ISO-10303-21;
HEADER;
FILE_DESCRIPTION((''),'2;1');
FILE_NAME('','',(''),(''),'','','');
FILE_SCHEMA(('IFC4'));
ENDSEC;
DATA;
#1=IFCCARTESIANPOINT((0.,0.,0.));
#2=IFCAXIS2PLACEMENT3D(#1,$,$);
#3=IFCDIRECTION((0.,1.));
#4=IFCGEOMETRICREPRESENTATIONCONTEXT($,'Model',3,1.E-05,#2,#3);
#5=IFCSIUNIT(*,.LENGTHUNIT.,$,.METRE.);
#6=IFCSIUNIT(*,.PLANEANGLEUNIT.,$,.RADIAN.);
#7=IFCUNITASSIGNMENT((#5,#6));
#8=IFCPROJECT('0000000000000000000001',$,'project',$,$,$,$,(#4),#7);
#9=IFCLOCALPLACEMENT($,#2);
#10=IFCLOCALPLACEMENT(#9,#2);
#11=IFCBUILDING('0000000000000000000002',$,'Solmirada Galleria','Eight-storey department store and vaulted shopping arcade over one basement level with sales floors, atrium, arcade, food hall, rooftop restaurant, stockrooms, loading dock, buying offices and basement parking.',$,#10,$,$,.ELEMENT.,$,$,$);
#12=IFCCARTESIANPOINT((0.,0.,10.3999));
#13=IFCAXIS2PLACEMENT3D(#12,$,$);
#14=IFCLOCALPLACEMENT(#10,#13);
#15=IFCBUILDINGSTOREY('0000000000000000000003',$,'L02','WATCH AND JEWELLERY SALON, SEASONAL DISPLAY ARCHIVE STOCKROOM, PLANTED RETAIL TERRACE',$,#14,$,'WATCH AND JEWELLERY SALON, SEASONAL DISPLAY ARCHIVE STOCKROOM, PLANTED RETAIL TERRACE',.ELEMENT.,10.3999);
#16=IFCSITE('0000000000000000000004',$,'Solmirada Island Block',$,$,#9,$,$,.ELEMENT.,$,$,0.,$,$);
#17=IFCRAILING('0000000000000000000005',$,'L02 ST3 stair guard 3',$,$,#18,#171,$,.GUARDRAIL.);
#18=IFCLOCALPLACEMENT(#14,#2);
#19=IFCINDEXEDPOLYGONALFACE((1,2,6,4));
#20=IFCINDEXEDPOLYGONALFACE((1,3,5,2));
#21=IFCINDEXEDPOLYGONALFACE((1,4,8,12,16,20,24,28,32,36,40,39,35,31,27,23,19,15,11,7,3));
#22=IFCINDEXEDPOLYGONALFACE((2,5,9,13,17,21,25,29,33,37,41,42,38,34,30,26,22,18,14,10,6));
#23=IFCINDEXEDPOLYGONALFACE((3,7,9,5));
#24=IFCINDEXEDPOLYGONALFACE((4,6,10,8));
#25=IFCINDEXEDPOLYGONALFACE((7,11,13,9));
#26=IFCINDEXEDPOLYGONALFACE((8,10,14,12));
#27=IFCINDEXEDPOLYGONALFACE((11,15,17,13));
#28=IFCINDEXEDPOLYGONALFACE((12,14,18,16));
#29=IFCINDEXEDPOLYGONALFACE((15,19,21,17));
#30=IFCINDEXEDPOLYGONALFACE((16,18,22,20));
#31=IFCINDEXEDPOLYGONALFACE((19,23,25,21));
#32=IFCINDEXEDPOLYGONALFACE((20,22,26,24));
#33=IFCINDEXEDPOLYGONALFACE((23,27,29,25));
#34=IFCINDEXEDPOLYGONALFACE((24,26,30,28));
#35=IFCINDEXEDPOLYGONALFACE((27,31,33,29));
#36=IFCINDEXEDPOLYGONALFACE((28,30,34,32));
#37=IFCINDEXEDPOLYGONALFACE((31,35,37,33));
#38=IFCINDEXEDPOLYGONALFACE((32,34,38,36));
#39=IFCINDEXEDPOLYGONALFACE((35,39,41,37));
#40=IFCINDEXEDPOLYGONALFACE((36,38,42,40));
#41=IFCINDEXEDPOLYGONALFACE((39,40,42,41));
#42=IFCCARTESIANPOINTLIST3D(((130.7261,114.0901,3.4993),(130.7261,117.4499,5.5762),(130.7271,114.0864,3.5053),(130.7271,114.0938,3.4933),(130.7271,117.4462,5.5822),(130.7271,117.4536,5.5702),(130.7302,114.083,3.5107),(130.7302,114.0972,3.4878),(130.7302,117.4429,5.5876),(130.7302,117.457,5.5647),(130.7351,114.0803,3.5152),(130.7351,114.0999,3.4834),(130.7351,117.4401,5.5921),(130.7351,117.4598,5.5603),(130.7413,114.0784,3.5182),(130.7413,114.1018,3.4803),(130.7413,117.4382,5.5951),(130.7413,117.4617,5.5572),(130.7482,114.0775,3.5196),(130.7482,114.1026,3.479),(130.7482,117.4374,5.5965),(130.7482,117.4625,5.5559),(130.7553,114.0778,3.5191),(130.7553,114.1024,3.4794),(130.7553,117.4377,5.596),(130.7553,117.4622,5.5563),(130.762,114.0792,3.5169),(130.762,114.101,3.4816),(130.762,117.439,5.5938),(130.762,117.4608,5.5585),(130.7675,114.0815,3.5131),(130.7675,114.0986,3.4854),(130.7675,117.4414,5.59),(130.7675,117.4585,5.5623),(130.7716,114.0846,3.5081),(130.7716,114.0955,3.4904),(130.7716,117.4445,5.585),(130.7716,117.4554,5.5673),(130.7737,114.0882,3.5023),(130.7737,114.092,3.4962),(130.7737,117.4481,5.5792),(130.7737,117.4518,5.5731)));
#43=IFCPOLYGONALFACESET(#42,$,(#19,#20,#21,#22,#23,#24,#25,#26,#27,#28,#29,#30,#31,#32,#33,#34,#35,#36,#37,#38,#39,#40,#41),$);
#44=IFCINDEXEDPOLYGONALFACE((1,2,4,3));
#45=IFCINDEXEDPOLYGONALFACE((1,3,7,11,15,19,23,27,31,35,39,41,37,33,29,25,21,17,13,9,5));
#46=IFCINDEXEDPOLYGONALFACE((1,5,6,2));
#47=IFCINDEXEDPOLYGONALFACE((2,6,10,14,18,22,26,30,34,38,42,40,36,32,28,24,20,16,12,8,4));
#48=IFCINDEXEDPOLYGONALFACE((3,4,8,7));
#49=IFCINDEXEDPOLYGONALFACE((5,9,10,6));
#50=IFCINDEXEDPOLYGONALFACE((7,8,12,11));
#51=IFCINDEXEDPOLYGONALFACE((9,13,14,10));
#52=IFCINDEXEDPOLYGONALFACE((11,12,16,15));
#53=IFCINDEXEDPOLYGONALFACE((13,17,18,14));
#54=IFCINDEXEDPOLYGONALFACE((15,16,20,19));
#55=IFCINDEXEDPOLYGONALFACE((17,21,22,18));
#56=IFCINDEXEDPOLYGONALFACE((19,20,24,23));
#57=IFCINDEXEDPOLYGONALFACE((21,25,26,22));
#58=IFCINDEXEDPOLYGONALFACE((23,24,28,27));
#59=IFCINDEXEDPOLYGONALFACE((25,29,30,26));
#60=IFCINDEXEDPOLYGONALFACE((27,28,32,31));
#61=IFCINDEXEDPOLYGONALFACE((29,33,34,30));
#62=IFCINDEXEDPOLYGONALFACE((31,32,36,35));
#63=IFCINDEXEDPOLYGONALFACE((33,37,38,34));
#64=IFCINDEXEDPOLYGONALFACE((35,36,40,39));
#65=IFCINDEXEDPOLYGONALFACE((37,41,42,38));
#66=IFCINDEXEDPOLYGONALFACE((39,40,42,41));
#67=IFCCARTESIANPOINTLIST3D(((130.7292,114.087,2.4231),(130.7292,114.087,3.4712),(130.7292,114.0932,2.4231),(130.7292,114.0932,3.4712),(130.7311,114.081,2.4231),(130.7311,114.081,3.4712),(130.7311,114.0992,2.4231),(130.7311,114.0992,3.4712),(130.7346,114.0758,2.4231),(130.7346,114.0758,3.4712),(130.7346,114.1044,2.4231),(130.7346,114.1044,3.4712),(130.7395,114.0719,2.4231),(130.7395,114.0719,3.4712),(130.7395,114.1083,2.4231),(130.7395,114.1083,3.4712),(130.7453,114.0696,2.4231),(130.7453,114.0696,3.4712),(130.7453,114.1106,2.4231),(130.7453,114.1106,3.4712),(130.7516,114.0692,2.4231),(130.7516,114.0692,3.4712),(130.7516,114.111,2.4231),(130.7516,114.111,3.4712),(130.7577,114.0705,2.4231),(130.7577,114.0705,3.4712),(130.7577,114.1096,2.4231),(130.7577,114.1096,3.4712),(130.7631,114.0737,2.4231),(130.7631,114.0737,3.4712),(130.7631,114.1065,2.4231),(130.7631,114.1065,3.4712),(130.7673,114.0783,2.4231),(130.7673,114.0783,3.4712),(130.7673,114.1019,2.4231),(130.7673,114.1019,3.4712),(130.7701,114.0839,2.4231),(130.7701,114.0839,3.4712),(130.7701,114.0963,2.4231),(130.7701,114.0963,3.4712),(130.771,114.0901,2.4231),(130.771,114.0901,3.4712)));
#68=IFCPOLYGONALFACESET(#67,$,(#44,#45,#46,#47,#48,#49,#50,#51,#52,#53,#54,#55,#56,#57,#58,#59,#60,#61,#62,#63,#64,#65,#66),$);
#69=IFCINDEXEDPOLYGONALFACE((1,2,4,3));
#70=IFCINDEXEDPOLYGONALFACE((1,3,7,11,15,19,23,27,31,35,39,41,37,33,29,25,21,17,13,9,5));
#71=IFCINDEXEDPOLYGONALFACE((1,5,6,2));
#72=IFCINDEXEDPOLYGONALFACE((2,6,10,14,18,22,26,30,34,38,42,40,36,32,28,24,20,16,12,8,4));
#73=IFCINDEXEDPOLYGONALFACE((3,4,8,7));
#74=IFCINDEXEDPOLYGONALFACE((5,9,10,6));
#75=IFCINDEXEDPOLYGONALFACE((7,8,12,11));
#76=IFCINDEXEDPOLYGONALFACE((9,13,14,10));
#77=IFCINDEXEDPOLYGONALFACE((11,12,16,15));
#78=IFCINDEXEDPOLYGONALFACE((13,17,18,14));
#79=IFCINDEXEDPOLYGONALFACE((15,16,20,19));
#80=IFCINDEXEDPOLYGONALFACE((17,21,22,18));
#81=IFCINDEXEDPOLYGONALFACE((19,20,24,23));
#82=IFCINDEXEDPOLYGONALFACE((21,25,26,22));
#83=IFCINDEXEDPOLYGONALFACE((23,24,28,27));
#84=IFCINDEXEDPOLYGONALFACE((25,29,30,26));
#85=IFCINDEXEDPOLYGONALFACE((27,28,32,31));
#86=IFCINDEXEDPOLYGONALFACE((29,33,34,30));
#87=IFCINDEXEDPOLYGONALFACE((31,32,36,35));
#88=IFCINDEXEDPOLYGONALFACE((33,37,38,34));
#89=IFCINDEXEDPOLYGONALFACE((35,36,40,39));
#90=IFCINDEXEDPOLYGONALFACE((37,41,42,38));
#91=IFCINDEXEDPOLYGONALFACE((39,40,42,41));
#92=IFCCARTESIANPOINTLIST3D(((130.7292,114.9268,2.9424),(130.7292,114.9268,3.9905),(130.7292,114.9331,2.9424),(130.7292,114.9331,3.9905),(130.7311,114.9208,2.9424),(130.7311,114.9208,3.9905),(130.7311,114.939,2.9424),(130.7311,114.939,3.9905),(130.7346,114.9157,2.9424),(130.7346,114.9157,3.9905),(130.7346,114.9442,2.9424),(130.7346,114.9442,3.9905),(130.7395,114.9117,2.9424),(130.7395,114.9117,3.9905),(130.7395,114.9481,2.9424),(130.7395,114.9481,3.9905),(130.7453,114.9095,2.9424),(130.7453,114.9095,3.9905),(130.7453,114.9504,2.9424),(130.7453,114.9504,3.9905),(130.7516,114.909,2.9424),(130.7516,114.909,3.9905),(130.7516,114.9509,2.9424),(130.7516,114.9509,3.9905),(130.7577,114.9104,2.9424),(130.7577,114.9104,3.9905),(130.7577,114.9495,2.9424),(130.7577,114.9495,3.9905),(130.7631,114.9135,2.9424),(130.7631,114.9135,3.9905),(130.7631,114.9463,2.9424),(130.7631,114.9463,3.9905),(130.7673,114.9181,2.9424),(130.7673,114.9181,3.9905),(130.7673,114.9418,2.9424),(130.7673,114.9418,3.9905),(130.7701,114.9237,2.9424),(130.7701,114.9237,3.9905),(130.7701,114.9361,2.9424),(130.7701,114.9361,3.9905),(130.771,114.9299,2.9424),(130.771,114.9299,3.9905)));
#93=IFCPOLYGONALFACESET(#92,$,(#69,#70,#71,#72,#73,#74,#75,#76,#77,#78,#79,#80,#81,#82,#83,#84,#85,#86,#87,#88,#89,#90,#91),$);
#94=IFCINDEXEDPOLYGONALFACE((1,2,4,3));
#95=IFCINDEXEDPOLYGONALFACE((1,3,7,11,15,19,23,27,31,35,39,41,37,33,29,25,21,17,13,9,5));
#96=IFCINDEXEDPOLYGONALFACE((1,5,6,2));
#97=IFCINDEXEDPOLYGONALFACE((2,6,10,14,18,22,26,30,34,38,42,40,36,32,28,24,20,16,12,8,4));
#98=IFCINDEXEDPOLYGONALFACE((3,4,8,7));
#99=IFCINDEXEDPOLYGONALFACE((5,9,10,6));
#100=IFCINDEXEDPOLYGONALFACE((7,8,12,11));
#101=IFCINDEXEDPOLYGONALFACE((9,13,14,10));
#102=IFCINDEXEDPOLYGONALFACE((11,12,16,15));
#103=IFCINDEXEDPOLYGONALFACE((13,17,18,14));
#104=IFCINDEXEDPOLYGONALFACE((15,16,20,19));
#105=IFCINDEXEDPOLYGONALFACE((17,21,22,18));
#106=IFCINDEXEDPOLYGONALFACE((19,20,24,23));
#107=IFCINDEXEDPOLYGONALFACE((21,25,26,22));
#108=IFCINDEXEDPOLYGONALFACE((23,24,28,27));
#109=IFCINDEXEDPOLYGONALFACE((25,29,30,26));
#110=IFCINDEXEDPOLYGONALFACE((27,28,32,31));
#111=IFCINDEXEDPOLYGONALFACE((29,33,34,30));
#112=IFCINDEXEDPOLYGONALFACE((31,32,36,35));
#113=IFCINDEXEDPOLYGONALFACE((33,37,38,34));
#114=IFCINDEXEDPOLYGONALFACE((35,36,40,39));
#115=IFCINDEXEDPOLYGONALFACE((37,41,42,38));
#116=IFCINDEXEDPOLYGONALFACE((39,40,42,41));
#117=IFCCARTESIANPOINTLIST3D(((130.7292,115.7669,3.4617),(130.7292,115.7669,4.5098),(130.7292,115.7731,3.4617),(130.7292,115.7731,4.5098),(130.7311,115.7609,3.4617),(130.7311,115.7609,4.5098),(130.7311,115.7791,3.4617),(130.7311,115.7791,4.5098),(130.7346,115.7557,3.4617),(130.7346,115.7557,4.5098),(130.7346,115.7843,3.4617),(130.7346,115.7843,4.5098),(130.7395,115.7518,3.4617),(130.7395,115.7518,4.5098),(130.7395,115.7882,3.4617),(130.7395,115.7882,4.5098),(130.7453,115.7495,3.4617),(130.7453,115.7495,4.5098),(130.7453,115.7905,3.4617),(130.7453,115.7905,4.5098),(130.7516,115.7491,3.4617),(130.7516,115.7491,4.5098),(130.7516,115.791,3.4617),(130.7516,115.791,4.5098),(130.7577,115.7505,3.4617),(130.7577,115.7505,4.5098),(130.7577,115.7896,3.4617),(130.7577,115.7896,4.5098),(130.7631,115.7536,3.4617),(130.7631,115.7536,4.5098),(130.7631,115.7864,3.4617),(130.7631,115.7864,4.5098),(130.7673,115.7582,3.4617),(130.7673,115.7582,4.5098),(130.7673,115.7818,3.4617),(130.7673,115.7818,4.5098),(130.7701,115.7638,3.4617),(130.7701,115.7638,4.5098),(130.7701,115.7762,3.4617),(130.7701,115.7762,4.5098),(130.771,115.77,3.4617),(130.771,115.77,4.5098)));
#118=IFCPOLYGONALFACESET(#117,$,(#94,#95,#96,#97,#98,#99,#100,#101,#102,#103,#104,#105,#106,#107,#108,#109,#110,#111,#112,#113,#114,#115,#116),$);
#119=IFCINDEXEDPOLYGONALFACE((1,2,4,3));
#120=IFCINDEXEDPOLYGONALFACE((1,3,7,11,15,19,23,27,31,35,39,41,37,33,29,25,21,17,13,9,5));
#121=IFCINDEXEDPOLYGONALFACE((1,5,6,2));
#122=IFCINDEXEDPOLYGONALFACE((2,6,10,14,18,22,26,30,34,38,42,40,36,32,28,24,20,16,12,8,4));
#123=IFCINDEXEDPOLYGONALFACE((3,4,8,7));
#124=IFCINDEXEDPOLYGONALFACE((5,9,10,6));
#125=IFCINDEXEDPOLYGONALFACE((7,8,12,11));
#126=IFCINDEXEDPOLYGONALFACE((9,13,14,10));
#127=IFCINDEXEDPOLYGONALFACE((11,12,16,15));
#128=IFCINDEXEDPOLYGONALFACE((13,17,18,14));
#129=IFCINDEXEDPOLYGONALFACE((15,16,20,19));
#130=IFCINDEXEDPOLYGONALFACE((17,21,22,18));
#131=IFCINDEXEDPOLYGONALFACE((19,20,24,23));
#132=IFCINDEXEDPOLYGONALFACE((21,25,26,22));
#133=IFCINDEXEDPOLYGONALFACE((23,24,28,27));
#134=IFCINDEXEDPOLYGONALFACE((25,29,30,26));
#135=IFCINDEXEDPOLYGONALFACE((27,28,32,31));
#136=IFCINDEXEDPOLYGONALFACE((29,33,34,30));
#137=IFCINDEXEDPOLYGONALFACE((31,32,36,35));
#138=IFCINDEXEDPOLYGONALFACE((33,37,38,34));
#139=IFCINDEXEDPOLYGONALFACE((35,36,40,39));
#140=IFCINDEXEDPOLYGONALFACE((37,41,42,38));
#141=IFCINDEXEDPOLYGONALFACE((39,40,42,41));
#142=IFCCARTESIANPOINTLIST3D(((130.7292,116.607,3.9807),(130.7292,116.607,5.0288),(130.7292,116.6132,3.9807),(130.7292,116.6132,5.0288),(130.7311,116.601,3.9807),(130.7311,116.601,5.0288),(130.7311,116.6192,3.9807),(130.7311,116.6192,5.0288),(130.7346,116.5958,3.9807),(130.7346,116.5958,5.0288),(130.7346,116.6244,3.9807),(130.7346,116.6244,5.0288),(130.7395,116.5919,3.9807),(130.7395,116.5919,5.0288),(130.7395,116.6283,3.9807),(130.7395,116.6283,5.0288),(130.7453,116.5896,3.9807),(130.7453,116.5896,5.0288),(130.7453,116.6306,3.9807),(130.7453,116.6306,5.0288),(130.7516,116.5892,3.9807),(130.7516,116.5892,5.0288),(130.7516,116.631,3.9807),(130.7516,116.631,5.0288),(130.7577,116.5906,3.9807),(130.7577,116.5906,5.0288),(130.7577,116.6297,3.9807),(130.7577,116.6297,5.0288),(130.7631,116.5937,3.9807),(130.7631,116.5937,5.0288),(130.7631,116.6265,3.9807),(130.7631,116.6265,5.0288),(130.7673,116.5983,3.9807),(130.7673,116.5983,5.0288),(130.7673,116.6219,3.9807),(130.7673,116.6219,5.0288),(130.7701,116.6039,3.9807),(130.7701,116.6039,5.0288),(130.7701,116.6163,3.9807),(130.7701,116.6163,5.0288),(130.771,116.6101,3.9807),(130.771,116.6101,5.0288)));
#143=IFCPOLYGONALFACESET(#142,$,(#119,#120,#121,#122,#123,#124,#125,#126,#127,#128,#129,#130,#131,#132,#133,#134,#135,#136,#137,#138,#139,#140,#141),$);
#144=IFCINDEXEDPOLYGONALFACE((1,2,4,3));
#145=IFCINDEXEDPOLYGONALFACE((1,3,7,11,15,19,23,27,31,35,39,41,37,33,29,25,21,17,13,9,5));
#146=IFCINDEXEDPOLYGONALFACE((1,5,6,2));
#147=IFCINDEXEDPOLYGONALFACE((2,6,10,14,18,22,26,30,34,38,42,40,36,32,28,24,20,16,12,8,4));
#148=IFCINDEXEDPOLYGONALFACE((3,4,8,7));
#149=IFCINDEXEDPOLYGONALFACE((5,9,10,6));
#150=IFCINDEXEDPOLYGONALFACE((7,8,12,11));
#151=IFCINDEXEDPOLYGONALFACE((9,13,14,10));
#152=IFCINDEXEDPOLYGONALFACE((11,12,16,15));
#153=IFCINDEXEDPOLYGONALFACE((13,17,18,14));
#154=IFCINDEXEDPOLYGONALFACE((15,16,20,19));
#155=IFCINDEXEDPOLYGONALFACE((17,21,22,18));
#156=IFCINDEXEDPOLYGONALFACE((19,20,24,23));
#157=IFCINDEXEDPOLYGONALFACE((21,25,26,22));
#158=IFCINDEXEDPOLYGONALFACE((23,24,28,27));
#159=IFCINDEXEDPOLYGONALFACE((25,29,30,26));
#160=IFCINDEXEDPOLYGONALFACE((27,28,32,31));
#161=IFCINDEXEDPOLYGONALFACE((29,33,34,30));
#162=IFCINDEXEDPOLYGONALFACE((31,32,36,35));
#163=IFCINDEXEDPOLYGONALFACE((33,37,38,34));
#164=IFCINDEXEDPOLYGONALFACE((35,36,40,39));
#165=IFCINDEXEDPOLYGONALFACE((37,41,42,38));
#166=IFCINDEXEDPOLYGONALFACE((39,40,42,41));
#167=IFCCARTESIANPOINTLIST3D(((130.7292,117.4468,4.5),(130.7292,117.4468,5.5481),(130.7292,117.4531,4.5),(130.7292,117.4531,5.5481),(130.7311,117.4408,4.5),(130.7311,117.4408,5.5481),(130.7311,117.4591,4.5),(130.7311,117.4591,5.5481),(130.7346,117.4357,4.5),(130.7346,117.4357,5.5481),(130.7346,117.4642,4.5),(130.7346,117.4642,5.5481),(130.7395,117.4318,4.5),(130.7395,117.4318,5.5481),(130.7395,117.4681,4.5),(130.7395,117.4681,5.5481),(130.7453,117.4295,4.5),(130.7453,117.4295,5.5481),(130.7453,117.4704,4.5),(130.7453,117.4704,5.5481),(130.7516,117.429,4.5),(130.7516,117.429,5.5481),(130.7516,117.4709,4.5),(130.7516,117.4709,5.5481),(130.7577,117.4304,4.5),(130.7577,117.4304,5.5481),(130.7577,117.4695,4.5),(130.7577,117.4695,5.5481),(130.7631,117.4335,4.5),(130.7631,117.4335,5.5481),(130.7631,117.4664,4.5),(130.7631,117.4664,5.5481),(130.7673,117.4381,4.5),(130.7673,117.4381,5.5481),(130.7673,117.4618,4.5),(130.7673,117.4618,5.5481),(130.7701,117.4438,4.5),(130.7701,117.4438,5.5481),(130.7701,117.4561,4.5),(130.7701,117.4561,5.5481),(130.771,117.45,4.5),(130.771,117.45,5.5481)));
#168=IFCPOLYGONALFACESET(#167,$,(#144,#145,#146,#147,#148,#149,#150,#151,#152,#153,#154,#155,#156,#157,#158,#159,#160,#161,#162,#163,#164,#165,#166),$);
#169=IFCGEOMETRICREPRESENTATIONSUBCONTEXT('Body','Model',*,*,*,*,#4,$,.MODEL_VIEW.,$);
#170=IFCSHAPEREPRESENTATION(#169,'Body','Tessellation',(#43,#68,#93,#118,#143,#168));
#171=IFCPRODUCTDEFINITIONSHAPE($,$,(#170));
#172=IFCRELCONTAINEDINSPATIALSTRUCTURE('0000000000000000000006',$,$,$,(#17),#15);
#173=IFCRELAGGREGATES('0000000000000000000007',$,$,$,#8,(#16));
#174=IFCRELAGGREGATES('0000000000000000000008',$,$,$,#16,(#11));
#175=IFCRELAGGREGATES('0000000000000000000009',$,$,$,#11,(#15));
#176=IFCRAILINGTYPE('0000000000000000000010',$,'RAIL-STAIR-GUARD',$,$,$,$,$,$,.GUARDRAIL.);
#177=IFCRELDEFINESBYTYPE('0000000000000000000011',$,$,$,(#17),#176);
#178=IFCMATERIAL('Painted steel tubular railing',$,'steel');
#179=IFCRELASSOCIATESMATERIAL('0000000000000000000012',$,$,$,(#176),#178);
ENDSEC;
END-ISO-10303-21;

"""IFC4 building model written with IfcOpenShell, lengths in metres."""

from ifc_helpers import new_model, si_unit, direction, frame, origin, origin_2d, place, context, subcontext, project, spatial, circle, extrude, material, type_object, element, save


model = new_model("IFC4")

# Units and contexts
model_context = context("Model", 3, precision=1e-05, world=origin(), true_north=direction((0.0, 1.0)))
body_context = subcontext(model_context, "Body", "Model", "MODEL_VIEW")
ifc_project = project(units=[si_unit("LENGTHUNIT", "METRE"), si_unit("PLANEANGLEUNIT", "RADIAN")], contexts=[model_context])

# Site, building, storey
site_placement = place(None, origin())
site = spatial("IfcSite", under=ifc_project, at=site_placement, Name="Solmirada Island Block", CompositionType="ELEMENT", RefElevation=0.0)
building_placement = place(site_placement, origin())
building = spatial("IfcBuilding", under=site, at=building_placement, Name="Solmirada Galleria", Description="Eight-storey department store and vaulted shopping arcade over one basement level with sales floors, atrium, arcade, food hall, rooftop restaurant, stockrooms, loading dock, buying offices and basement parking.", CompositionType="ELEMENT")
storey_placement = place(building_placement, frame((0.0, 0.0, 10.3999)))
storey = spatial("IfcBuildingStorey", under=building, at=storey_placement, Name="L02", Description="WATCH AND JEWELLERY SALON, SEASONAL DISPLAY ARCHIVE STOCKROOM, PLANTED RETAIL TERRACE", LongName="WATCH AND JEWELLERY SALON, SEASONAL DISPLAY ARCHIVE STOCKROOM, PLANTED RETAIL TERRACE", CompositionType="ELEMENT", Elevation=10.3999)

# Railing
ifc_material_1 = material(Name="Painted steel tubular railing", Category="steel")
railing_type_1 = type_object("IfcRailingType", Name="RAIL-STAIR-GUARD", PredefinedType="GUARDRAIL", material=ifc_material_1)
railing_1_placement = place(storey_placement, frame((130.75, 114.0901, 2.4231)))
element("IfcRailing", 1, at=railing_1_placement, inside=storey, type_object=railing_type_1, Name="L02 ST3 stair guard 3", PredefinedType="GUARDRAIL", context=body_context, shape_type="SweptSolid", body=[
    extrude(circle(Radius=0.0239, at=origin_2d()), frame((0.0, 0.0, 1.0762), z_axis=(0.0, 0.850606, 0.525803), x_axis=(-1.0, 0.0, 0.0)), (0.0, 0.0, 1.0), 3.95),
    extrude(circle(Radius=0.021, at=origin_2d()), origin(), (0.0, 0.0, 1.0), 1.0481),
    extrude(circle(Radius=0.021, at=origin_2d()), frame((0.0, 0.8398, 0.5193)), (0.0, 0.0, 1.0), 1.0481),
    extrude(circle(Radius=0.021, at=origin_2d()), frame((0.0, 1.6799, 1.0386)), (0.0, 0.0, 1.0), 1.0481),
    extrude(circle(Radius=0.021, at=origin_2d()), frame((0.0, 2.52, 1.5576)), (0.0, 0.0, 1.0), 1.0481),
    extrude(circle(Radius=0.021, at=origin_2d()), frame((0.0, 3.3599, 2.0769)), (0.0, 0.0, 1.0), 1.0481),
])

save(model, "model.ifc")
